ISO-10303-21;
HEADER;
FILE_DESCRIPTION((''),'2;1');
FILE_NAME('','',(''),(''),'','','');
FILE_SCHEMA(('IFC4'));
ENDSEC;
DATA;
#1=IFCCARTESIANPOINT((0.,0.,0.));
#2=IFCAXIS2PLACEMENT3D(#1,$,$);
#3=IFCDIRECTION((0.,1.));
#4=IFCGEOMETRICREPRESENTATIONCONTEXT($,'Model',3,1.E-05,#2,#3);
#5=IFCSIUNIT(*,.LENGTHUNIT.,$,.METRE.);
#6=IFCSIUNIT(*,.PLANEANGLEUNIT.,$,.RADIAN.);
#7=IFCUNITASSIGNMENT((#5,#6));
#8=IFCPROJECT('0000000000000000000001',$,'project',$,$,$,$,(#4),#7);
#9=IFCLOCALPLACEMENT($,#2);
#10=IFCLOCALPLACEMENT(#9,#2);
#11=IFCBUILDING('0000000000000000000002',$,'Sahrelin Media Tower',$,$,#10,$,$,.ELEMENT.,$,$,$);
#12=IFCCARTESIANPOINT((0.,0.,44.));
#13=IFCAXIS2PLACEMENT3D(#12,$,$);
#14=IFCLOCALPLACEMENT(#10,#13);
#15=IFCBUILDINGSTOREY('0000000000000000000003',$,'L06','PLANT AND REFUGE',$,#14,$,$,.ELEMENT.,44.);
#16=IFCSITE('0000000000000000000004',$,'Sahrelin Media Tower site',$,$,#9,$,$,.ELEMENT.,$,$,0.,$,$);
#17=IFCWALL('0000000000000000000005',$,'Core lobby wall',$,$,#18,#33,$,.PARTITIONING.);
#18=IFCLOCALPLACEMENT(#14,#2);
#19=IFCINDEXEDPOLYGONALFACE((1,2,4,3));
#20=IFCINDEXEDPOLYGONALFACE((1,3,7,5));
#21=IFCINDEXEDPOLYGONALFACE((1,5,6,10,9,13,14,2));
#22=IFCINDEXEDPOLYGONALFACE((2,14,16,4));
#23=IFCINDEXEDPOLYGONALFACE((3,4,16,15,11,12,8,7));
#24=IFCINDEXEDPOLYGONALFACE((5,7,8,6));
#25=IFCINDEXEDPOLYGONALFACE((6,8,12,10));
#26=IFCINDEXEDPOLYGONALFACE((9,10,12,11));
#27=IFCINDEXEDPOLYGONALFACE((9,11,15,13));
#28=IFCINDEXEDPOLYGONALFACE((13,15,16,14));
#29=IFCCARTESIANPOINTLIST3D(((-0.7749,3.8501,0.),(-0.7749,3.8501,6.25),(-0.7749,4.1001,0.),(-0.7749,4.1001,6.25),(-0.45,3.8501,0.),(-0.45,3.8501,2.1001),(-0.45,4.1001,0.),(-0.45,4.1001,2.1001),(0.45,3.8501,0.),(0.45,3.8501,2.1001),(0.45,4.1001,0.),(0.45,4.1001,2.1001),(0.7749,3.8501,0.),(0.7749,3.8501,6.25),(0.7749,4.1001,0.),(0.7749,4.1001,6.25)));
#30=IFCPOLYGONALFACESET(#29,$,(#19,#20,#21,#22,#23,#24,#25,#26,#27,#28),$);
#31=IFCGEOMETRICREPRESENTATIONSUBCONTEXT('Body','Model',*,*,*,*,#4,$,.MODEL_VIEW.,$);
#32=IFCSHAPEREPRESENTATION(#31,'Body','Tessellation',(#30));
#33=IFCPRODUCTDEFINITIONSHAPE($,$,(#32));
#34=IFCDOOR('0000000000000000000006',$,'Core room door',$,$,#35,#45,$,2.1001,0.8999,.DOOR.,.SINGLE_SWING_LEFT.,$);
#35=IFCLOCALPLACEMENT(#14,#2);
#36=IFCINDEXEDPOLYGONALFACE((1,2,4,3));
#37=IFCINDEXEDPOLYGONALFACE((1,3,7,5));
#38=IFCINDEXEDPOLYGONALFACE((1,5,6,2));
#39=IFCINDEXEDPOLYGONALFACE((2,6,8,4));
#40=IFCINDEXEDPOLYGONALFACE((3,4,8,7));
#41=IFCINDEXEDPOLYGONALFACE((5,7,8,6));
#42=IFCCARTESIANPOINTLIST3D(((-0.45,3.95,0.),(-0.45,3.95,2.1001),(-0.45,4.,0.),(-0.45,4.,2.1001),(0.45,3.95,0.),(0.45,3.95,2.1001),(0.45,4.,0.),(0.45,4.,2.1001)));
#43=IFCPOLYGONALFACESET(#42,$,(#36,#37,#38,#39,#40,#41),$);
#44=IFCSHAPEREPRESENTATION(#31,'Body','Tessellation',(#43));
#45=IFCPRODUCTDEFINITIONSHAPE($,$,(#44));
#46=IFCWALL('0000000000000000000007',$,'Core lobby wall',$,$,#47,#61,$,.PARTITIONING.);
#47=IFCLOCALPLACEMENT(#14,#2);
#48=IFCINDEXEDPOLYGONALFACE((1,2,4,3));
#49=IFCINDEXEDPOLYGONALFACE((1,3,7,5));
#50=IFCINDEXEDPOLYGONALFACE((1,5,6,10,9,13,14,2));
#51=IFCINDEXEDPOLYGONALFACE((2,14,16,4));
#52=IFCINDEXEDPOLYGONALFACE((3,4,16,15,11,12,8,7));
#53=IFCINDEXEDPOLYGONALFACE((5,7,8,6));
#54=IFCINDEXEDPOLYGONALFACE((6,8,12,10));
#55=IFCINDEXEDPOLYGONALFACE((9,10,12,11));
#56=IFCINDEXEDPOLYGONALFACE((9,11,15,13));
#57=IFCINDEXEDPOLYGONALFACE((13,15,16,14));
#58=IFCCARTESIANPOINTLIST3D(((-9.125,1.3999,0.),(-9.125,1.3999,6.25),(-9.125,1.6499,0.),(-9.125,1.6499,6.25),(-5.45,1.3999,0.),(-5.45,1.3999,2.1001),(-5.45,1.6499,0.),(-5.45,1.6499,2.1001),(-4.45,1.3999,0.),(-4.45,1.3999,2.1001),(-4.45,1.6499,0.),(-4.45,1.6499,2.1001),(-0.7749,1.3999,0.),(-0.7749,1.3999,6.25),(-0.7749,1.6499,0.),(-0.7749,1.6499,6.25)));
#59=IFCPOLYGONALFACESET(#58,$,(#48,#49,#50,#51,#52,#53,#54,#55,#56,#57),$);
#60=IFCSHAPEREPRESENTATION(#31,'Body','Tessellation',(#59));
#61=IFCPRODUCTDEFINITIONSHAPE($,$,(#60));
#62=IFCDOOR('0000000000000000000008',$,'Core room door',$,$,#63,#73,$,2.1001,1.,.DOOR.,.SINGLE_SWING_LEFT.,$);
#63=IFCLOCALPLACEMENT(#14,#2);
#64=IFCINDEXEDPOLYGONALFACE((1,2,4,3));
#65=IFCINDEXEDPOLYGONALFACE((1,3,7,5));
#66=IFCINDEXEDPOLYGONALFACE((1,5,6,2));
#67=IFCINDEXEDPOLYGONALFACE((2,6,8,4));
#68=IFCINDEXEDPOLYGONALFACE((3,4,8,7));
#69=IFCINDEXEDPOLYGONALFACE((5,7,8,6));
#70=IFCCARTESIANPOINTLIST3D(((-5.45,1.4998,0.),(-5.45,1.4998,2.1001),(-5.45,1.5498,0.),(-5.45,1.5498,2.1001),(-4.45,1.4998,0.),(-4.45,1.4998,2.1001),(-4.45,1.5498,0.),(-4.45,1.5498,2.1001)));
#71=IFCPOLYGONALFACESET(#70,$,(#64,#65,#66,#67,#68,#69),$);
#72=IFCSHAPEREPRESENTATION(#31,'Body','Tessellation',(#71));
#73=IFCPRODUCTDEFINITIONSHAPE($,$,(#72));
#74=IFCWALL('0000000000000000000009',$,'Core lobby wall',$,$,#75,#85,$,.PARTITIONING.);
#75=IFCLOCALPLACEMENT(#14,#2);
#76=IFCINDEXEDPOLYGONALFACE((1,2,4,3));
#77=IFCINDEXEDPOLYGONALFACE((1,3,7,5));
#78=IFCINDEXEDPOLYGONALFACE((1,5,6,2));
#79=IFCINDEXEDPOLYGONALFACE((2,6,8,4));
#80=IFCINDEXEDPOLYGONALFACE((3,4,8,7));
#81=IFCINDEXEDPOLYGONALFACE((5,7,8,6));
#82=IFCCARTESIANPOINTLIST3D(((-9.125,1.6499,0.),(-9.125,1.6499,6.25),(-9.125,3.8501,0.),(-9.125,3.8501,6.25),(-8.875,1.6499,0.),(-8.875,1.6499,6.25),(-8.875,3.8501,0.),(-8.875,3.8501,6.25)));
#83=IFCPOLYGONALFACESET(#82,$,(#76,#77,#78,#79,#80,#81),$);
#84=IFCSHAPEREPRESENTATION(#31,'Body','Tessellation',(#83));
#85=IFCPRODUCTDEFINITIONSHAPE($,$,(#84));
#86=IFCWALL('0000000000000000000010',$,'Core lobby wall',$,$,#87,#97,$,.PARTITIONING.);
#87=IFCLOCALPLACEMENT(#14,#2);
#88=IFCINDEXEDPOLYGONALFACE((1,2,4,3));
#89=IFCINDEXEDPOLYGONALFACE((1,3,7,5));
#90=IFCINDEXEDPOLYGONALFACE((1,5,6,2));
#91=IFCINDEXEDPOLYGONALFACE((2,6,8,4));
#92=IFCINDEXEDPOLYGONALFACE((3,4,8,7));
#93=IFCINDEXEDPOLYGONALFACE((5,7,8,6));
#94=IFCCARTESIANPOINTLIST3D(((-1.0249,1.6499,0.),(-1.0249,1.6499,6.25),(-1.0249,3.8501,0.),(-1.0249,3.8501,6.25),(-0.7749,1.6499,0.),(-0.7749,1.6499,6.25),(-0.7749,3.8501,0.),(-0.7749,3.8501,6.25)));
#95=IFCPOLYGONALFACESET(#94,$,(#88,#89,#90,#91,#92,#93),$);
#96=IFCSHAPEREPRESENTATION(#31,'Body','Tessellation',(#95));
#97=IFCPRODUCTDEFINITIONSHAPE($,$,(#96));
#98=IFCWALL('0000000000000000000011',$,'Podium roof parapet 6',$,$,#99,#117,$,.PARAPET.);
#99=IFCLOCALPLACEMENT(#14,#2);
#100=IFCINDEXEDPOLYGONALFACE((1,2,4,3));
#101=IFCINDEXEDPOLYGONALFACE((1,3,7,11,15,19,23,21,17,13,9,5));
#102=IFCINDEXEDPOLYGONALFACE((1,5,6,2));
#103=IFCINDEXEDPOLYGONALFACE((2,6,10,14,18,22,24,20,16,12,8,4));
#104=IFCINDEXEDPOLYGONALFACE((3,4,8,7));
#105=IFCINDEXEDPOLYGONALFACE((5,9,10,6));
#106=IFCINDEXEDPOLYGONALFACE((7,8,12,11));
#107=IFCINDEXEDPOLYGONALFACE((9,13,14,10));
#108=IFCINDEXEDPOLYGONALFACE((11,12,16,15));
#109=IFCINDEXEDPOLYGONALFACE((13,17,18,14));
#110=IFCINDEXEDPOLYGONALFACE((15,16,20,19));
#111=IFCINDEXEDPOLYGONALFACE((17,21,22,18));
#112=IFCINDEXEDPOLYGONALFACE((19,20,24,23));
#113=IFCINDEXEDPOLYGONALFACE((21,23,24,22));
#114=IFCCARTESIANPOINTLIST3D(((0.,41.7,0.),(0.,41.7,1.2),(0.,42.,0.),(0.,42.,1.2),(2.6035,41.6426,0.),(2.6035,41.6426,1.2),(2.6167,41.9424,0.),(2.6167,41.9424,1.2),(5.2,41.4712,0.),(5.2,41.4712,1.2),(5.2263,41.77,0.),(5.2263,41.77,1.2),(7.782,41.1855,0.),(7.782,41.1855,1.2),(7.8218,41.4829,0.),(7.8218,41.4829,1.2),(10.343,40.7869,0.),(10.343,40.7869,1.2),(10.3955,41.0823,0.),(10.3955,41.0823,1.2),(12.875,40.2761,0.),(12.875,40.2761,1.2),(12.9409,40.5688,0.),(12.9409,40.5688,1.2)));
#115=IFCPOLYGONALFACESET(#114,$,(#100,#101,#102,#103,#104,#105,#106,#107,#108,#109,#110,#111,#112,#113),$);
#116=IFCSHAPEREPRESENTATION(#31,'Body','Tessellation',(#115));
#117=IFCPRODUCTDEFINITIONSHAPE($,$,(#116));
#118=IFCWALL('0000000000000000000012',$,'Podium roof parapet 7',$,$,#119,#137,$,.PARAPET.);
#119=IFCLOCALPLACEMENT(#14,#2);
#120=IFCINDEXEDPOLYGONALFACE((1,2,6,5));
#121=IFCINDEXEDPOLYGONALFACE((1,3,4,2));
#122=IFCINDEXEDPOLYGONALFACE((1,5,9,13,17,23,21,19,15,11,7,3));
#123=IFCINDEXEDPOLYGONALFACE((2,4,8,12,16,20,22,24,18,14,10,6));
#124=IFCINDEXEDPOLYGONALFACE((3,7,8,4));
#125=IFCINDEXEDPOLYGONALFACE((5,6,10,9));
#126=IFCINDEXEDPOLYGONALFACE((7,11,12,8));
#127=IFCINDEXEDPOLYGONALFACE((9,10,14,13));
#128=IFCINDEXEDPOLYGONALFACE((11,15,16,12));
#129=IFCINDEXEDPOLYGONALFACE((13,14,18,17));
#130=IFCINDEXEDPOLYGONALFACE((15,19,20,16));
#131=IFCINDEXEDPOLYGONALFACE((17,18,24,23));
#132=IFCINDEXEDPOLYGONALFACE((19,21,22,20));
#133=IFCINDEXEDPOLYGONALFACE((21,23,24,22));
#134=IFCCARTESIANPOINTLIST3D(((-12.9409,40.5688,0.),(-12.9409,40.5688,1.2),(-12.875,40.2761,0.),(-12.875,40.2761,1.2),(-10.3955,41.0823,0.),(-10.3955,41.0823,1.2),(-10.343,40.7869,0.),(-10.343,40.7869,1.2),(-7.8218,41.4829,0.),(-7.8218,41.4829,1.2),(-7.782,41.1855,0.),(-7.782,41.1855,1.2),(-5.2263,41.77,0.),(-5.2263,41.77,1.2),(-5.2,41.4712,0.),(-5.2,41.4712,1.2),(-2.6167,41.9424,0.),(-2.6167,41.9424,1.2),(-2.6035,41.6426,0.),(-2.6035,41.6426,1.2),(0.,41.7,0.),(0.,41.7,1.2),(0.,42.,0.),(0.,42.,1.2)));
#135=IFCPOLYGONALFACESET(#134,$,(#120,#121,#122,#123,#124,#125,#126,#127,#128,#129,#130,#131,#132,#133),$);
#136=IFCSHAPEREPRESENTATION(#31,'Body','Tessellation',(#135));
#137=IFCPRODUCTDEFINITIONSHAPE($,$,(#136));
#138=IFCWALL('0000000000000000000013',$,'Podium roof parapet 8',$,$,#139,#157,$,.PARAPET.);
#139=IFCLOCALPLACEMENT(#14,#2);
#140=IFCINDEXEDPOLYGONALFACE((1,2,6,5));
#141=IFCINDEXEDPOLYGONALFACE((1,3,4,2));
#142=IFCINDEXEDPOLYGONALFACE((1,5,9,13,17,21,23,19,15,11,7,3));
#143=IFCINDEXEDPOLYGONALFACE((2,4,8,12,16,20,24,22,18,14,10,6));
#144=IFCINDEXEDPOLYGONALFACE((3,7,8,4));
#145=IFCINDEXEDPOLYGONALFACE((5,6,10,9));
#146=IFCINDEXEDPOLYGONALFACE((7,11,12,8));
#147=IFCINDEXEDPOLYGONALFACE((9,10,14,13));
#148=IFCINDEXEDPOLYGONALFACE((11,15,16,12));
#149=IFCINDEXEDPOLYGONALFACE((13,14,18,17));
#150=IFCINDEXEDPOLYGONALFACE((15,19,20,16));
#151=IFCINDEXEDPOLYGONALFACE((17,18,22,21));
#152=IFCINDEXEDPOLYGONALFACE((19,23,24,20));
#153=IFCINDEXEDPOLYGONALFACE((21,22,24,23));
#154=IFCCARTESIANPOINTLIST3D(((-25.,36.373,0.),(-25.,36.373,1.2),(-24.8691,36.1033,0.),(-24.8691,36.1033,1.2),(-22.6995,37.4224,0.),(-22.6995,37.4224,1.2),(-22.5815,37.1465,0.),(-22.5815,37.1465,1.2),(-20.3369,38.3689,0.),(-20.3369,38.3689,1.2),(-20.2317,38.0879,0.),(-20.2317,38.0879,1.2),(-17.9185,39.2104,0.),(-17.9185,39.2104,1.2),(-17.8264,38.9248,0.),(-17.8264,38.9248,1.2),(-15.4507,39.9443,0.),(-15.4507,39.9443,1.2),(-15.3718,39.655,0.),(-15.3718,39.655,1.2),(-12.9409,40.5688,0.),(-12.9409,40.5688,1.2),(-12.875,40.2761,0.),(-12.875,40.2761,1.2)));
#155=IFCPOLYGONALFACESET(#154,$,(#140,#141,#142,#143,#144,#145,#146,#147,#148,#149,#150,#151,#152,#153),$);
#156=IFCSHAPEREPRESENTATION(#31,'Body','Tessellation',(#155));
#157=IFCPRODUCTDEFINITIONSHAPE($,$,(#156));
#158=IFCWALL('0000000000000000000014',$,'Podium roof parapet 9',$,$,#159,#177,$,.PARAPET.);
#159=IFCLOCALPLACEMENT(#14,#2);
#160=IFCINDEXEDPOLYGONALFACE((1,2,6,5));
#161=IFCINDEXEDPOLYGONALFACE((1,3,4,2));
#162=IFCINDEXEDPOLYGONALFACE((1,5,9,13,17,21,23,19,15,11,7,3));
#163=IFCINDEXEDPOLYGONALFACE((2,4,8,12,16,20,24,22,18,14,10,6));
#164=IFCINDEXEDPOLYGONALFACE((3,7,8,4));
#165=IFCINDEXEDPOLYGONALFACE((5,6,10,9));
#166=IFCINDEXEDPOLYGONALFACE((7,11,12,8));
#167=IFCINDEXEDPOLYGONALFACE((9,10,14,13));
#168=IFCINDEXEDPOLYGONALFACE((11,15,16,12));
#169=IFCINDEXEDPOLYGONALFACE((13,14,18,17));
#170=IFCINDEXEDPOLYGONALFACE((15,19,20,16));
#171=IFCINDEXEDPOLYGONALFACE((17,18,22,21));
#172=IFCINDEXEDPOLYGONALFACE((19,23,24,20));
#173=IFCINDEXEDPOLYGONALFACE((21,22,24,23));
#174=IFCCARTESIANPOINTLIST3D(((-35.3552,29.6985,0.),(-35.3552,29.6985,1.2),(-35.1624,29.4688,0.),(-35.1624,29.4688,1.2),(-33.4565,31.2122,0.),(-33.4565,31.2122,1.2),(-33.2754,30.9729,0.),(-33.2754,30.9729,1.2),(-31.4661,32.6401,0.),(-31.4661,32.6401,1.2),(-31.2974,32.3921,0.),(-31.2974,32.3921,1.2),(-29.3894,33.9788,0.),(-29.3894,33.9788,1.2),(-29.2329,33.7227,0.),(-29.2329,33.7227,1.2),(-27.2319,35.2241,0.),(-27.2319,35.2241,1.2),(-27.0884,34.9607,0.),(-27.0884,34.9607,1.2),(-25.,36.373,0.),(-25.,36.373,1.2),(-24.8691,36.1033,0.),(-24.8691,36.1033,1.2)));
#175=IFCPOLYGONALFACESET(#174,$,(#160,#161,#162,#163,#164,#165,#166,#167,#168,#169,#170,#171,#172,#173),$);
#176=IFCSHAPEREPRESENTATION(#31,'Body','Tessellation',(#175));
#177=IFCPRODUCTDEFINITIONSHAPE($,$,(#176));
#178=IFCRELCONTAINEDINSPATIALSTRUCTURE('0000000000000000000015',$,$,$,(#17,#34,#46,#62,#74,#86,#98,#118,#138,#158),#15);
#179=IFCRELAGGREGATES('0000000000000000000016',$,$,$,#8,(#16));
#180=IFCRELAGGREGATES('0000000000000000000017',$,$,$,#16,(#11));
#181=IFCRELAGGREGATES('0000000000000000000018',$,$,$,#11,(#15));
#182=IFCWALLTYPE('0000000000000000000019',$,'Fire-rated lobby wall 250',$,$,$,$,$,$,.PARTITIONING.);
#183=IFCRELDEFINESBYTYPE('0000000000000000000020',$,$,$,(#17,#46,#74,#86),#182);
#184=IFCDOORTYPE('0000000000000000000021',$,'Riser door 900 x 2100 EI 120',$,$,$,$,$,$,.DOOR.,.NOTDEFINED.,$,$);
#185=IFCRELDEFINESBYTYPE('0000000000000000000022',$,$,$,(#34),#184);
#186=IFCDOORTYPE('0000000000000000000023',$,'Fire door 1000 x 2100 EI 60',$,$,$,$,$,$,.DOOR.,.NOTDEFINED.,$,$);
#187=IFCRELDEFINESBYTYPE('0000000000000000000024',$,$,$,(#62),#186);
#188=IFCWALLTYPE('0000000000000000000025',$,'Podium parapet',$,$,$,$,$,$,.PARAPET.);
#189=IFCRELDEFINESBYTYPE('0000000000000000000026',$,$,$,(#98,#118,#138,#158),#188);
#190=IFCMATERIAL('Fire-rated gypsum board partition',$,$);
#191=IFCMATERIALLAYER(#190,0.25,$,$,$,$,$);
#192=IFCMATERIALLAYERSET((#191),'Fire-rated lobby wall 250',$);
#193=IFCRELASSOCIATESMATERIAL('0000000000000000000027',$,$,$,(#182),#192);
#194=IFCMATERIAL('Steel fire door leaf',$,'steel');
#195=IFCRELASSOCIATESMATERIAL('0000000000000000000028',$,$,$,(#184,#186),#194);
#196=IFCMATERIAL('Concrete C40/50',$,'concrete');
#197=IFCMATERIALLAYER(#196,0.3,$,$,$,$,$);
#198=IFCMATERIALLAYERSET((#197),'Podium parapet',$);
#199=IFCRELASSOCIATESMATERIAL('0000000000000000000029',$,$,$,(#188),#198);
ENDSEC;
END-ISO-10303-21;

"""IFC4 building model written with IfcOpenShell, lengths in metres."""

from ifc_helpers import new_model, si_unit, direction, frame, frame_2d, origin, place, context, subcontext, project, spatial, polyline, rectangle, outline, extrude, material, layer, layer_set, type_object, element, fill, save


model = new_model("IFC4")

# Units and contexts
model_context = context("Model", 3, precision=1e-05, world=origin(), true_north=direction((0.0, 1.0)))
body_context = subcontext(model_context, "Body", "Model", "MODEL_VIEW")
ifc_project = project(units=[si_unit("LENGTHUNIT", "METRE"), si_unit("PLANEANGLEUNIT", "RADIAN")], contexts=[model_context])

# Site, building, storey
site_placement = place(None, origin())
site = spatial("IfcSite", under=ifc_project, at=site_placement, Name="Sahrelin Media Tower site", CompositionType="ELEMENT", RefElevation=0.0)
building_placement = place(site_placement, origin())
building = spatial("IfcBuilding", under=site, at=building_placement, Name="Sahrelin Media Tower", CompositionType="ELEMENT")
storey_placement = place(building_placement, frame((0.0, 0.0, 44.0)))
storey = spatial("IfcBuildingStorey", under=building, at=storey_placement, Name="L06", Description="PLANT AND REFUGE", CompositionType="ELEMENT", Elevation=44.0)

# Walls, openings, doors
ifc_material_1 = material(Name="Fire-rated gypsum board partition")
ifc_layer_1 = layer(ifc_material_1, 0.25)
ifc_layer_set_1 = layer_set([ifc_layer_1], Name="Fire-rated lobby wall 250")
wall_type_1 = type_object("IfcWallType", Name="Fire-rated lobby wall 250", PredefinedType="PARTITIONING", material=ifc_layer_set_1)
wall_1_placement = place(storey_placement, frame((-0.7749, 3.9751, 0.0), z_axis=(0.0, 0.0, 1.0), x_axis=(1.0, 0.0, 0.0)))
wall_1 = element("IfcWall", 1, at=wall_1_placement, inside=storey, type_object=wall_type_1, Name="Core lobby wall", PredefinedType="PARTITIONING", context=body_context, shape_type="SweptSolid", body=[
    extrude(rectangle(XDim=1.5498, YDim=0.25, at=frame_2d((0.7749, 0.0))), origin(), (0.0, 0.0, 1.0), 6.25),
])
opening_1_placement = place(wall_1_placement, frame((0.325, 0.0, 0.0)))
opening_1 = element("IfcOpeningElement", 2, at=opening_1_placement, cuts=wall_1, PredefinedType="OPENING", context=body_context, shape_type="SweptSolid", body=[
    extrude(rectangle(XDim=0.8999, YDim=2.1001, at=frame_2d((0.45, 1.05))), frame((0.0, 0.125, 0.0), z_axis=(0.0, -1.0, 0.0), x_axis=(1.0, 0.0, 0.0)), (0.0, 0.0, 1.0), 0.25),
])
ifc_material_2 = material(Name="Steel fire door leaf", Category="steel")
door_type_1 = type_object("IfcDoorType", Name="Riser door 900 x 2100 EI 120", OperationType="NOTDEFINED", PredefinedType="DOOR", material=ifc_material_2)
door_1_placement = place(opening_1_placement, origin())
door_1 = element("IfcDoor", 3, at=door_1_placement, inside=storey, type_object=door_type_1, Name="Core room door", OperationType="SINGLE_SWING_LEFT", OverallHeight=2.1001, OverallWidth=0.8999, PredefinedType="DOOR", context=body_context, shape_type="SweptSolid", body=[
    extrude(rectangle(XDim=0.8999, YDim=2.1001, at=frame_2d((0.45, 1.05))), frame((0.0, 0.0249, 0.0), z_axis=(0.0, -1.0, 0.0), x_axis=(1.0, 0.0, 0.0)), (0.0, 0.0, 1.0), 0.05),
])
fill(opening_1, door_1)
wall_2_placement = place(storey_placement, frame((-9.125, 1.5249, 0.0), z_axis=(0.0, 0.0, 1.0), x_axis=(1.0, 0.0, 0.0)))
wall_2 = element("IfcWall", 4, at=wall_2_placement, inside=storey, type_object=wall_type_1, Name="Core lobby wall", PredefinedType="PARTITIONING", context=body_context, shape_type="SweptSolid", body=[
    extrude(rectangle(XDim=8.3501, YDim=0.25, at=frame_2d((4.175, 0.0))), origin(), (0.0, 0.0, 1.0), 6.25),
])
opening_2_placement = place(wall_2_placement, frame((3.675, 0.0, 0.0)))
opening_2 = element("IfcOpeningElement", 5, at=opening_2_placement, cuts=wall_2, PredefinedType="OPENING", context=body_context, shape_type="SweptSolid", body=[
    extrude(rectangle(XDim=1.0, YDim=2.1001, at=frame_2d((0.5, 1.05))), frame((0.0, 0.125, 0.0), z_axis=(0.0, -1.0, 0.0), x_axis=(1.0, 0.0, 0.0)), (0.0, 0.0, 1.0), 0.25),
])
door_type_2 = type_object("IfcDoorType", Name="Fire door 1000 x 2100 EI 60", OperationType="NOTDEFINED", PredefinedType="DOOR", material=ifc_material_2)
door_2_placement = place(opening_2_placement, origin())
door_2 = element("IfcDoor", 6, at=door_2_placement, inside=storey, type_object=door_type_2, Name="Core room door", OperationType="SINGLE_SWING_LEFT", OverallHeight=2.1001, OverallWidth=1.0, PredefinedType="DOOR", context=body_context, shape_type="SweptSolid", body=[
    extrude(rectangle(XDim=1.0, YDim=2.1001, at=frame_2d((0.5, 1.05))), frame((0.0, 0.0249, 0.0), z_axis=(0.0, -1.0, 0.0), x_axis=(1.0, 0.0, 0.0)), (0.0, 0.0, 1.0), 0.05),
])
fill(opening_2, door_2)

# Walls
for number, where, z_axis, x_axis, name in (
    (7, (-9.0, 1.6499, 0.0), (0.0, 0.0, 1.0), (0.0, 1.0, 0.0), "Core lobby wall"),
    (8, (-0.8999, 1.6499, 0.0), (0.0, 0.0, 1.0), (0.0, 1.0, 0.0), "Core lobby wall"),
):
    element("IfcWall", number, at=place(storey_placement, frame(where, z_axis=z_axis, x_axis=x_axis)), inside=storey, type_object=wall_type_1, Name=name, PredefinedType="PARTITIONING", context=body_context, shape_type="SweptSolid", body=[
        extrude(rectangle(XDim=2.2002, YDim=0.25, at=frame_2d((1.1001, 0.0))), origin(), (0.0, 0.0, 1.0), 6.25),
    ])
ifc_material_3 = material(Name="Concrete C40/50", Category="concrete")
ifc_layer_2 = layer(ifc_material_3, 0.3)
ifc_layer_set_2 = layer_set([ifc_layer_2], Name="Podium parapet")
wall_type_2 = type_object("IfcWallType", Name="Podium parapet", PredefinedType="PARAPET", material=ifc_layer_set_2)
placement = place(storey_placement, origin())
element("IfcWall", 9, at=placement, inside=storey, type_object=wall_type_2, Name="Podium roof parapet 6", PredefinedType="PARAPET", context=body_context, shape_type="SweptSolid", body=[
    extrude(outline(polyline([(12.9409, 40.5688), (10.3955, 41.0823), (7.8218, 41.4829), (5.2263, 41.77), (2.6167, 41.9424), (0.0, 42.0), (0.0, 41.7), (2.6035, 41.6426), (5.2, 41.4712), (7.782, 41.1855), (10.343, 40.7869), (12.875, 40.2761), (12.9409, 40.5688)])), origin(), (0.0, 0.0, 1.0), 1.2),
])
element("IfcWall", 10, at=placement, inside=storey, type_object=wall_type_2, Name="Podium roof parapet 7", PredefinedType="PARAPET", context=body_context, shape_type="SweptSolid", body=[
    extrude(outline(polyline([(0.0, 42.0), (-2.6167, 41.9424), (-5.2263, 41.77), (-7.8218, 41.4829), (-10.3955, 41.0823), (-12.9409, 40.5688), (-12.875, 40.2761), (-10.343, 40.7869), (-7.782, 41.1855), (-5.2, 41.4712), (-2.6035, 41.6426), (0.0, 41.7), (0.0, 42.0)])), origin(), (0.0, 0.0, 1.0), 1.2),
])
element("IfcWall", 11, at=placement, inside=storey, type_object=wall_type_2, Name="Podium roof parapet 8", PredefinedType="PARAPET", context=body_context, shape_type="SweptSolid", body=[
    extrude(outline(polyline([(-12.9409, 40.5688), (-15.4507, 39.9443), (-17.9185, 39.2104), (-20.3369, 38.3689), (-22.6995, 37.4224), (-25.0, 36.373), (-24.8691, 36.1033), (-22.5815, 37.1465), (-20.2317, 38.0879), (-17.8264, 38.9248), (-15.3718, 39.655), (-12.875, 40.2761), (-12.9409, 40.5688)])), origin(), (0.0, 0.0, 1.0), 1.2),
])
element("IfcWall", 12, at=placement, inside=storey, type_object=wall_type_2, Name="Podium roof parapet 9", PredefinedType="PARAPET", context=body_context, shape_type="SweptSolid", body=[
    extrude(outline(polyline([(-25.0, 36.373), (-27.2319, 35.2241), (-29.3894, 33.9788), (-31.4661, 32.6401), (-33.4565, 31.2122), (-35.3552, 29.6985), (-35.1624, 29.4688), (-33.2754, 30.9729), (-31.2974, 32.3921), (-29.2329, 33.7227), (-27.0884, 34.9607), (-24.8691, 36.1033), (-25.0, 36.373)])), origin(), (0.0, 0.0, 1.0), 1.2),
])

save(model, "model.ifc")
